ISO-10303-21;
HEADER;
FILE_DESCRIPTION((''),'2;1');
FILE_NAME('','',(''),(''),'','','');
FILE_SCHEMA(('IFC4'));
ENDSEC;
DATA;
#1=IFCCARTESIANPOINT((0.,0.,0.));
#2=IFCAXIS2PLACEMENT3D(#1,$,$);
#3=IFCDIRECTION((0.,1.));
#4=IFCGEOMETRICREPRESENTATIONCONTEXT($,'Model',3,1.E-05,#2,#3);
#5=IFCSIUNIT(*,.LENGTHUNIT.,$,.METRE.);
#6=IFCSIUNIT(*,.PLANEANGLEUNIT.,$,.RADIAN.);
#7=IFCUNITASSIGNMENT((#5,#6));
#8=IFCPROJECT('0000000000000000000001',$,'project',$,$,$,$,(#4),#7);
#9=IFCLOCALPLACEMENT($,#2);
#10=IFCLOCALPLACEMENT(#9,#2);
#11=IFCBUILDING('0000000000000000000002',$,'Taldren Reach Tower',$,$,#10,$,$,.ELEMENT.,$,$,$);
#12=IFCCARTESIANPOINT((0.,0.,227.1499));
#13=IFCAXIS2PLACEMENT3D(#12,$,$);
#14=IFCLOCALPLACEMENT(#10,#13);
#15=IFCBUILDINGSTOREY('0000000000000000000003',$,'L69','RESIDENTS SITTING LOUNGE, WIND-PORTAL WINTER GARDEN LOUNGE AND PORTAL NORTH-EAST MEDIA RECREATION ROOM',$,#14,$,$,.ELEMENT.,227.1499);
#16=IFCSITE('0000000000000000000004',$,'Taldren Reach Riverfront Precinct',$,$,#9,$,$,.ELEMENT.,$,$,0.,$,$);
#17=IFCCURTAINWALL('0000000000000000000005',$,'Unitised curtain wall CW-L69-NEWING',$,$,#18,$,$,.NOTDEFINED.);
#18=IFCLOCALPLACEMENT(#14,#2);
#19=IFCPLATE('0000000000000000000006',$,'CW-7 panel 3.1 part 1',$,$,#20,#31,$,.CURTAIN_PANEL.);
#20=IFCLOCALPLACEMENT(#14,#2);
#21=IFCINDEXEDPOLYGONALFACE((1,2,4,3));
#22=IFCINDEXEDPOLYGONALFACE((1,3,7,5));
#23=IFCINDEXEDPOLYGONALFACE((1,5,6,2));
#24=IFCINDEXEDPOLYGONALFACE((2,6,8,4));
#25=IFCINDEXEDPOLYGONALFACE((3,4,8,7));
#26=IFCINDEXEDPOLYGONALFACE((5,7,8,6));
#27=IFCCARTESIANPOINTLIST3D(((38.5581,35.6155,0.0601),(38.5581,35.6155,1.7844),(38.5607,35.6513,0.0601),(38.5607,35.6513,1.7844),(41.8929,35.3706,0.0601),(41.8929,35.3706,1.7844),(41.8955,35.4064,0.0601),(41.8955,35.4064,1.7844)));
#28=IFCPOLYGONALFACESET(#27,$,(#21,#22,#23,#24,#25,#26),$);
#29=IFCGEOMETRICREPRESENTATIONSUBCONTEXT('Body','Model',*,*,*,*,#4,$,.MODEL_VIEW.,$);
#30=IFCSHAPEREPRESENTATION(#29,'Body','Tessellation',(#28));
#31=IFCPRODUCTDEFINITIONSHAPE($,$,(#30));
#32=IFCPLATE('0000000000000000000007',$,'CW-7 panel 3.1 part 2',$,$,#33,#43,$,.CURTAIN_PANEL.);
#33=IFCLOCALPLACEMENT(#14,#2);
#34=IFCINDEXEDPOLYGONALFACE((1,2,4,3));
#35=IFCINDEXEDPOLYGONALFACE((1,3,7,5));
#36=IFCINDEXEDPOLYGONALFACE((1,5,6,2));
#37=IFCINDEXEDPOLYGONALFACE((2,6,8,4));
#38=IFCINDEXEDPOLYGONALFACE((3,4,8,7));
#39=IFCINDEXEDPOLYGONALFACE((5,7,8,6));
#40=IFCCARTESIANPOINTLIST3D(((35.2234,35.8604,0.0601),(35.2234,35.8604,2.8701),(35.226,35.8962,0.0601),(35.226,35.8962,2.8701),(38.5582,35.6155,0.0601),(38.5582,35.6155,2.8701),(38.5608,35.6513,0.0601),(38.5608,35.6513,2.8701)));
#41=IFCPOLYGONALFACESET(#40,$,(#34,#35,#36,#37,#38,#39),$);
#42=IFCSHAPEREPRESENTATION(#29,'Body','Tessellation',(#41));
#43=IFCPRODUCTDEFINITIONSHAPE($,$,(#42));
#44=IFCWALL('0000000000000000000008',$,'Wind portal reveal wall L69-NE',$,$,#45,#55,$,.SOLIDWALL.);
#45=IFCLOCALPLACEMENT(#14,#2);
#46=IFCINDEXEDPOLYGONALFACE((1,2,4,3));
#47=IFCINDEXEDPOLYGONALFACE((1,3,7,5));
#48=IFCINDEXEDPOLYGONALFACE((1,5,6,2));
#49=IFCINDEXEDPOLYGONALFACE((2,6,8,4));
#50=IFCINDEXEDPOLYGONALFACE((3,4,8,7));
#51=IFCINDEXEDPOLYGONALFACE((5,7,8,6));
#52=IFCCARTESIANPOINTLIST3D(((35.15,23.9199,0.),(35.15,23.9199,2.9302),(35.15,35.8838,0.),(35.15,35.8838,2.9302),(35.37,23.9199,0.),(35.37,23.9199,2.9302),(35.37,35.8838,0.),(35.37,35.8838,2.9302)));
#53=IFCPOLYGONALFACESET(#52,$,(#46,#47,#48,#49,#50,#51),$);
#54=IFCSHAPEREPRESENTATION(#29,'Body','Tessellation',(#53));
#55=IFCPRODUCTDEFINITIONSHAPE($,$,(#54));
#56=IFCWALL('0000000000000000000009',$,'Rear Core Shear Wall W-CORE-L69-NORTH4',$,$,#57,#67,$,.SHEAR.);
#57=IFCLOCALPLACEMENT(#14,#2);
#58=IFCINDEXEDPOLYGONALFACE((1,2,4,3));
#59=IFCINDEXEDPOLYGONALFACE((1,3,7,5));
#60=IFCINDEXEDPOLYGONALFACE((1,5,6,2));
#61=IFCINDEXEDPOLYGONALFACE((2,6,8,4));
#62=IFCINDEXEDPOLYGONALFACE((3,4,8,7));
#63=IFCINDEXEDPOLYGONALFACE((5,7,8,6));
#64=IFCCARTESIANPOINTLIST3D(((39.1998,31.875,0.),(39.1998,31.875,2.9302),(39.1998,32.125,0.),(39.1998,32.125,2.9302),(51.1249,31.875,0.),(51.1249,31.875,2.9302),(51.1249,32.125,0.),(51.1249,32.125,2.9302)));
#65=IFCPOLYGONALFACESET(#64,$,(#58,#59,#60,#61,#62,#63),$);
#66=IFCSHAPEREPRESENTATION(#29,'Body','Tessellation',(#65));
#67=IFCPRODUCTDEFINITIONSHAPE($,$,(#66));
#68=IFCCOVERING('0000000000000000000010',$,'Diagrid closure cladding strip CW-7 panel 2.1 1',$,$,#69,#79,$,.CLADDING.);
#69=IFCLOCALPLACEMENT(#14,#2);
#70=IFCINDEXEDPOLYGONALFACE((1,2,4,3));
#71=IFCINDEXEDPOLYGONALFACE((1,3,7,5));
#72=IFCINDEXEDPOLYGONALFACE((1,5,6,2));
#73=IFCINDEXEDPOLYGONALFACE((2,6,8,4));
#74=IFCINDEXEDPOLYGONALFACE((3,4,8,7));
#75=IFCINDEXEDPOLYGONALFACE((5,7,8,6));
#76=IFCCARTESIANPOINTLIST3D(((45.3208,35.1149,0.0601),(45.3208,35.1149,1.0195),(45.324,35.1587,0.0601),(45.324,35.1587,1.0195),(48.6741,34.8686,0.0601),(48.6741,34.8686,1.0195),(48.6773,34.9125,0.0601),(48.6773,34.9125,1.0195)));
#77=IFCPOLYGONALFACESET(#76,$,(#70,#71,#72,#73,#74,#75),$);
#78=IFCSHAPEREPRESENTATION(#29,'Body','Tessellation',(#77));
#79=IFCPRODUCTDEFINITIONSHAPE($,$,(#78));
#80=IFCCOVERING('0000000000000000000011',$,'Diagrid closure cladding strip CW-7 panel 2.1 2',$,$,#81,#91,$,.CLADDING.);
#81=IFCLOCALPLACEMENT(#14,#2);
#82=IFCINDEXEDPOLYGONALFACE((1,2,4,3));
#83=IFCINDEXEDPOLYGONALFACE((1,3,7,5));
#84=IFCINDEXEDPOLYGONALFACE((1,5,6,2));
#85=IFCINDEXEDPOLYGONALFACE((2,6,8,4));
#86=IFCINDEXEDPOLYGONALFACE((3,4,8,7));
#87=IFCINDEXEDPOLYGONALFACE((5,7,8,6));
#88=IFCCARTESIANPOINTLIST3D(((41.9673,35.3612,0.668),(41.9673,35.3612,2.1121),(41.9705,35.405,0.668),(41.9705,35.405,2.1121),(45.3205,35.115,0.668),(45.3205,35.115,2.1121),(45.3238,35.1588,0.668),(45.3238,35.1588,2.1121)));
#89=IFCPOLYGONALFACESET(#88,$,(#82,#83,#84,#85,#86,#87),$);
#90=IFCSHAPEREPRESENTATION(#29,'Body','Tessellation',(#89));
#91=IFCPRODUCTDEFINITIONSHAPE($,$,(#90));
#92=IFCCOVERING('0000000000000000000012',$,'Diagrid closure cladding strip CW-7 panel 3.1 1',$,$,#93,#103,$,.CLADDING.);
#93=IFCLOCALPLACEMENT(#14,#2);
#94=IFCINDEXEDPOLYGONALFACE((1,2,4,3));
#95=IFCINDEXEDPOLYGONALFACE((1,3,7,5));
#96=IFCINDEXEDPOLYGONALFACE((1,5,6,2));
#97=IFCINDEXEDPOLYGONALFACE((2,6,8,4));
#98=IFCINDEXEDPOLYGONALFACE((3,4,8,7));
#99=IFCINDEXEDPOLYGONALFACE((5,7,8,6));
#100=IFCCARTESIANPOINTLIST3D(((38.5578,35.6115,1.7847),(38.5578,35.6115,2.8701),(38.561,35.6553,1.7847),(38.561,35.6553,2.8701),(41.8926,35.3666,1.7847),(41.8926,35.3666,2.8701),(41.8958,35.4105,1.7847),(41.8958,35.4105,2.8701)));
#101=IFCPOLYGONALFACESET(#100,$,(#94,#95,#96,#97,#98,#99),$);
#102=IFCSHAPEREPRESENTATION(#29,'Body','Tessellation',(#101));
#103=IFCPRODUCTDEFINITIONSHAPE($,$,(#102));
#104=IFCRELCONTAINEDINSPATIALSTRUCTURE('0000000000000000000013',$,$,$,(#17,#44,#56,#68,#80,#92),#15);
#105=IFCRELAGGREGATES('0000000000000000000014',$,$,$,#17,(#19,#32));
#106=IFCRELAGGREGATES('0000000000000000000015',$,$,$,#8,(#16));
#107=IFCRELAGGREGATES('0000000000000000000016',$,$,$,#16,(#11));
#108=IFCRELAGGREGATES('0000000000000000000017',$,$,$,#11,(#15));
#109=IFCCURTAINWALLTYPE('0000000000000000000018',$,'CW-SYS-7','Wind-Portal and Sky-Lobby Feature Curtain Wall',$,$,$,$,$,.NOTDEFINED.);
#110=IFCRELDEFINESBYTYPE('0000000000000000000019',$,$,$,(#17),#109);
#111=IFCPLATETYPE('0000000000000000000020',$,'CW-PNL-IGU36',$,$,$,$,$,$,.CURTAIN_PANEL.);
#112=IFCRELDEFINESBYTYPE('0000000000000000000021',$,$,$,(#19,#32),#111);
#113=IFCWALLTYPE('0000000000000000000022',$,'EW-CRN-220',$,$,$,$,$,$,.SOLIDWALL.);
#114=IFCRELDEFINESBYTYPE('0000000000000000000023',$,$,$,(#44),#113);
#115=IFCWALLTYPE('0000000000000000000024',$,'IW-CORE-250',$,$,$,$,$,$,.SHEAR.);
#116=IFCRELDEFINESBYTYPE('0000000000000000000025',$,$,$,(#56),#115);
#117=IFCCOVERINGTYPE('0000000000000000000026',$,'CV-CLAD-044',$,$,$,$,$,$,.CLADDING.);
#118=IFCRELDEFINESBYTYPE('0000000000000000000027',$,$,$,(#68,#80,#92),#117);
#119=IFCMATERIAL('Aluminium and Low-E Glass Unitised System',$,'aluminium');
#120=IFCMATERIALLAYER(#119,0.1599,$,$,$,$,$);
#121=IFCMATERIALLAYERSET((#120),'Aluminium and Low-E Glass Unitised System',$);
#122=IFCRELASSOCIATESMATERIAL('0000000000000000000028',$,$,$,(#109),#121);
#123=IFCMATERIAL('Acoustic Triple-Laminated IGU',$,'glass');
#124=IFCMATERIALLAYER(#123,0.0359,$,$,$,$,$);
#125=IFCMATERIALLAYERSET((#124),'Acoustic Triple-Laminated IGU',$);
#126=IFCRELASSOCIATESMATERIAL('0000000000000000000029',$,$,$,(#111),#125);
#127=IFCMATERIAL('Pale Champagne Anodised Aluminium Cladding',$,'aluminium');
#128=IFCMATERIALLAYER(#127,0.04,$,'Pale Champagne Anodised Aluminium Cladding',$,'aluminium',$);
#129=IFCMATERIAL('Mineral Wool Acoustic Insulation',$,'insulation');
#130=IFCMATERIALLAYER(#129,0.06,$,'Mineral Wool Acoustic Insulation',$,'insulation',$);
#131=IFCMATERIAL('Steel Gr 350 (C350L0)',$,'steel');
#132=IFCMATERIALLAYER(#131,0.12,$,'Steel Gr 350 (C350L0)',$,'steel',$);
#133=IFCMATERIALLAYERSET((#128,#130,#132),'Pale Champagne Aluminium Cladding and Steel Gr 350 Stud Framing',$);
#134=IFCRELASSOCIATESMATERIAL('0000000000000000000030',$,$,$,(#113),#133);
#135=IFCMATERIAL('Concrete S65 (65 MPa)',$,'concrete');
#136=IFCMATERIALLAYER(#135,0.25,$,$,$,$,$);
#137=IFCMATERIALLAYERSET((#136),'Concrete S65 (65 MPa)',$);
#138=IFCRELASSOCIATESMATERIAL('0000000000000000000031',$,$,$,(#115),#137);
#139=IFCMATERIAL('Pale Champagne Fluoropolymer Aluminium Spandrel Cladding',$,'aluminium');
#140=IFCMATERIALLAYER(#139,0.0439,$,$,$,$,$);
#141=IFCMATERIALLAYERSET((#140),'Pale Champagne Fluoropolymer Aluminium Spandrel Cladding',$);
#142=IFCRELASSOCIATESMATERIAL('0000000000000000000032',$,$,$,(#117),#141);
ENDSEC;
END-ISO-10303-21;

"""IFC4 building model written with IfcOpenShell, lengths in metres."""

from ifc_helpers import new_model, si_unit, direction, frame, frame_2d, origin, origin_2d, place, context, subcontext, project, spatial, rectangle, extrude, source, transform, mapped, material, layer, layer_set, type_object, element, aggregate, save


model = new_model("IFC4")

# Units and contexts
model_context = context("Model", 3, precision=1e-05, world=origin(), true_north=direction((0.0, 1.0)))
body_context = subcontext(model_context, "Body", "Model", "MODEL_VIEW")
ifc_project = project(units=[si_unit("LENGTHUNIT", "METRE"), si_unit("PLANEANGLEUNIT", "RADIAN")], contexts=[model_context])

# Site, building, storey
site_placement = place(None, origin())
site = spatial("IfcSite", under=ifc_project, at=site_placement, Name="Taldren Reach Riverfront Precinct", CompositionType="ELEMENT", RefElevation=0.0)
building_placement = place(site_placement, origin())
building = spatial("IfcBuilding", under=site, at=building_placement, Name="Taldren Reach Tower", CompositionType="ELEMENT")
storey_placement = place(building_placement, frame((0.0, 0.0, 227.1499)))
storey = spatial("IfcBuildingStorey", under=building, at=storey_placement, Name="L69", Description="RESIDENTS SITTING LOUNGE, WIND-PORTAL WINTER GARDEN LOUNGE AND PORTAL NORTH-EAST MEDIA RECREATION ROOM", CompositionType="ELEMENT", Elevation=227.1499)

# Shared definitions
ifc_material_1 = material(Name="Steel Gr 350 (C350L0)", Category="steel")

# Curtain wall
ifc_material_2 = material(Name="Aluminium and Low-E Glass Unitised System", Category="aluminium")
ifc_layer_1 = layer(ifc_material_2, 0.1599)
ifc_layer_set_1 = layer_set([ifc_layer_1], Name="Aluminium and Low-E Glass Unitised System")
curtain_wall_type = type_object("IfcCurtainWallType", Name="CW-SYS-7", Description="Wind-Portal and Sky-Lobby Feature Curtain Wall", PredefinedType="NOTDEFINED", material=ifc_layer_set_1)
curtain_wall_placement = place(storey_placement, origin())
curtain_wall = element("IfcCurtainWall", 1, at=curtain_wall_placement, inside=storey, type_object=curtain_wall_type, Name="Unitised curtain wall CW-L69-NEWING", PredefinedType="NOTDEFINED")

# Plates
ifc_material_3 = material(Name="Acoustic Triple-Laminated IGU", Category="glass")
ifc_layer_2 = layer(ifc_material_3, 0.0359)
ifc_layer_set_2 = layer_set([ifc_layer_2], Name="Acoustic Triple-Laminated IGU")
plate_type_1 = type_object("IfcPlateType", Name="CW-PNL-IGU36", PredefinedType="CURTAIN_PANEL", material=ifc_layer_set_2)
shared_shape_1 = source(origin(), body_context, "Body", "SweptSolid", [
    extrude(rectangle(XDim=3.3438, YDim=0.0359, at=origin_2d()), origin(), (0.0, 0.0, 1.0), 1.7244),
])
plate_1_placement = place(storey_placement, frame((40.2268, 35.511, 0.0601), z_axis=(0.0, 0.0, 1.0), x_axis=(-0.997314, 0.073238, 0.0)))
plate_1 = element("IfcPlate", 2, at=plate_1_placement, type_object=plate_type_1, Name="CW-7 panel 3.1 part 1", PredefinedType="CURTAIN_PANEL", context=body_context, shape_type="MappedRepresentation", body=[
    mapped(shared_shape_1, transform((0.0, 0.0, 0.0), scale=1.0)),
])
shared_shape_2 = source(origin(), body_context, "Body", "SweptSolid", [
    extrude(rectangle(XDim=3.3438, YDim=0.0359, at=origin_2d()), origin(), (0.0, 0.0, 1.0), 2.8101),
])
plate_2_placement = place(storey_placement, frame((36.8921, 35.7559, 0.0601), z_axis=(0.0, 0.0, 1.0), x_axis=(-0.997314, 0.073238, 0.0)))
plate_2 = element("IfcPlate", 3, at=plate_2_placement, type_object=plate_type_1, Name="CW-7 panel 3.1 part 2", PredefinedType="CURTAIN_PANEL", context=body_context, shape_type="MappedRepresentation", body=[
    mapped(shared_shape_2, transform((0.0, 0.0, 0.0), scale=1.0)),
])
aggregate(curtain_wall, [plate_1, plate_2])

# Walls
ifc_material_4 = material(Name="Pale Champagne Anodised Aluminium Cladding", Category="aluminium")
ifc_layer_3 = layer(ifc_material_4, 0.04, Name="Pale Champagne Anodised Aluminium Cladding", Category="aluminium")
ifc_material_5 = material(Name="Mineral Wool Acoustic Insulation", Category="insulation")
ifc_layer_4 = layer(ifc_material_5, 0.06, Name="Mineral Wool Acoustic Insulation", Category="insulation")
ifc_layer_5 = layer(ifc_material_1, 0.12, Name="Steel Gr 350 (C350L0)", Category="steel")
ifc_layer_set_3 = layer_set([ifc_layer_3, ifc_layer_4, ifc_layer_5], Name="Pale Champagne Aluminium Cladding and Steel Gr 350 Stud Framing")
wall_type_1 = type_object("IfcWallType", Name="EW-CRN-220", PredefinedType="SOLIDWALL", material=ifc_layer_set_3)
shared_shape_3 = source(origin(), body_context, "Body", "SweptSolid", [
    extrude(rectangle(XDim=11.9639, YDim=0.22, at=frame_2d((5.9819, 0.0))), origin(), (0.0, 0.0, 1.0), 2.9302),
])
wall_1_placement = place(storey_placement, frame((35.26, 35.8838, 0.0), z_axis=(0.0, 0.0, 1.0), x_axis=(0.0, -1.0, 0.0)))
element("IfcWall", 4, at=wall_1_placement, inside=storey, type_object=wall_type_1, Name="Wind portal reveal wall L69-NE", PredefinedType="SOLIDWALL", context=body_context, shape_type="MappedRepresentation", body=[
    mapped(shared_shape_3, transform((0.0, 0.0, 0.0), scale=1.0)),
])
ifc_material_6 = material(Name="Concrete S65 (65 MPa)", Category="concrete")
ifc_layer_6 = layer(ifc_material_6, 0.25)
ifc_layer_set_4 = layer_set([ifc_layer_6], Name="Concrete S65 (65 MPa)")
wall_type_2 = type_object("IfcWallType", Name="IW-CORE-250", PredefinedType="SHEAR", material=ifc_layer_set_4)
shared_shape_4 = source(origin(), body_context, "Body", "SweptSolid", [
    extrude(rectangle(XDim=11.925, YDim=0.25, at=frame_2d((5.9624, 0.0))), origin(), (0.0, 0.0, 1.0), 2.9302),
])
wall_2_placement = place(storey_placement, frame((39.2, 32.0, 0.0), z_axis=(0.0, 0.0, 1.0), x_axis=(1.0, 0.0, 0.0)))
element("IfcWall", 5, at=wall_2_placement, inside=storey, type_object=wall_type_2, Name="Rear Core Shear Wall W-CORE-L69-NORTH4", PredefinedType="SHEAR", context=body_context, shape_type="MappedRepresentation", body=[
    mapped(shared_shape_4, transform((0.0, 0.0, 0.0), scale=1.0)),
])

# Coverings
ifc_material_7 = material(Name="Pale Champagne Fluoropolymer Aluminium Spandrel Cladding", Category="aluminium")
ifc_layer_7 = layer(ifc_material_7, 0.0439)
ifc_layer_set_5 = layer_set([ifc_layer_7], Name="Pale Champagne Fluoropolymer Aluminium Spandrel Cladding")
covering_type = type_object("IfcCoveringType", Name="CV-CLAD-044", PredefinedType="CLADDING", material=ifc_layer_set_5)
shared_shape_5 = source(origin(), body_context, "Body", "SweptSolid", [
    extrude(rectangle(XDim=3.3623, YDim=0.0439, at=origin_2d()), origin(), (0.0, 0.0, 1.0), 0.9595),
])
covering_1_placement = place(storey_placement, frame((46.999, 35.0137, 0.0601), z_axis=(0.0, 0.0, 1.0), x_axis=(-0.997314, 0.073238, 0.0)))
element("IfcCovering", 6, at=covering_1_placement, inside=storey, type_object=covering_type, Name="Diagrid closure cladding strip CW-7 panel 2.1 1", PredefinedType="CLADDING", context=body_context, shape_type="MappedRepresentation", body=[
    mapped(shared_shape_5, transform((0.0, 0.0, 0.0), scale=1.0)),
])
shared_shape_6 = source(origin(), body_context, "Body", "SweptSolid", [
    extrude(rectangle(XDim=3.3623, YDim=0.0439, at=origin_2d()), origin(), (0.0, 0.0, 1.0), 1.4441),
])
covering_2_placement = place(storey_placement, frame((43.6455, 35.26, 0.668), z_axis=(0.0, 0.0, 1.0), x_axis=(-0.997314, 0.073238, 0.0)))
element("IfcCovering", 7, at=covering_2_placement, inside=storey, type_object=covering_type, Name="Diagrid closure cladding strip CW-7 panel 2.1 2", PredefinedType="CLADDING", context=body_context, shape_type="MappedRepresentation", body=[
    mapped(shared_shape_6, transform((0.0, 0.0, 0.0), scale=1.0)),
])
shared_shape_7 = source(origin(), body_context, "Body", "SweptSolid", [
    extrude(rectangle(XDim=3.3438, YDim=0.0439, at=origin_2d()), origin(), (0.0, 0.0, 1.0), 1.0854),
])
covering_3_placement = place(storey_placement, frame((40.2268, 35.511, 1.7847), z_axis=(0.0, 0.0, 1.0), x_axis=(-0.997314, 0.073238, 0.0)))
element("IfcCovering", 8, at=covering_3_placement, inside=storey, type_object=covering_type, Name="Diagrid closure cladding strip CW-7 panel 3.1 1", PredefinedType="CLADDING", context=body_context, shape_type="MappedRepresentation", body=[
    mapped(shared_shape_7, transform((0.0, 0.0, 0.0), scale=1.0)),
])

save(model, "model.ifc")
